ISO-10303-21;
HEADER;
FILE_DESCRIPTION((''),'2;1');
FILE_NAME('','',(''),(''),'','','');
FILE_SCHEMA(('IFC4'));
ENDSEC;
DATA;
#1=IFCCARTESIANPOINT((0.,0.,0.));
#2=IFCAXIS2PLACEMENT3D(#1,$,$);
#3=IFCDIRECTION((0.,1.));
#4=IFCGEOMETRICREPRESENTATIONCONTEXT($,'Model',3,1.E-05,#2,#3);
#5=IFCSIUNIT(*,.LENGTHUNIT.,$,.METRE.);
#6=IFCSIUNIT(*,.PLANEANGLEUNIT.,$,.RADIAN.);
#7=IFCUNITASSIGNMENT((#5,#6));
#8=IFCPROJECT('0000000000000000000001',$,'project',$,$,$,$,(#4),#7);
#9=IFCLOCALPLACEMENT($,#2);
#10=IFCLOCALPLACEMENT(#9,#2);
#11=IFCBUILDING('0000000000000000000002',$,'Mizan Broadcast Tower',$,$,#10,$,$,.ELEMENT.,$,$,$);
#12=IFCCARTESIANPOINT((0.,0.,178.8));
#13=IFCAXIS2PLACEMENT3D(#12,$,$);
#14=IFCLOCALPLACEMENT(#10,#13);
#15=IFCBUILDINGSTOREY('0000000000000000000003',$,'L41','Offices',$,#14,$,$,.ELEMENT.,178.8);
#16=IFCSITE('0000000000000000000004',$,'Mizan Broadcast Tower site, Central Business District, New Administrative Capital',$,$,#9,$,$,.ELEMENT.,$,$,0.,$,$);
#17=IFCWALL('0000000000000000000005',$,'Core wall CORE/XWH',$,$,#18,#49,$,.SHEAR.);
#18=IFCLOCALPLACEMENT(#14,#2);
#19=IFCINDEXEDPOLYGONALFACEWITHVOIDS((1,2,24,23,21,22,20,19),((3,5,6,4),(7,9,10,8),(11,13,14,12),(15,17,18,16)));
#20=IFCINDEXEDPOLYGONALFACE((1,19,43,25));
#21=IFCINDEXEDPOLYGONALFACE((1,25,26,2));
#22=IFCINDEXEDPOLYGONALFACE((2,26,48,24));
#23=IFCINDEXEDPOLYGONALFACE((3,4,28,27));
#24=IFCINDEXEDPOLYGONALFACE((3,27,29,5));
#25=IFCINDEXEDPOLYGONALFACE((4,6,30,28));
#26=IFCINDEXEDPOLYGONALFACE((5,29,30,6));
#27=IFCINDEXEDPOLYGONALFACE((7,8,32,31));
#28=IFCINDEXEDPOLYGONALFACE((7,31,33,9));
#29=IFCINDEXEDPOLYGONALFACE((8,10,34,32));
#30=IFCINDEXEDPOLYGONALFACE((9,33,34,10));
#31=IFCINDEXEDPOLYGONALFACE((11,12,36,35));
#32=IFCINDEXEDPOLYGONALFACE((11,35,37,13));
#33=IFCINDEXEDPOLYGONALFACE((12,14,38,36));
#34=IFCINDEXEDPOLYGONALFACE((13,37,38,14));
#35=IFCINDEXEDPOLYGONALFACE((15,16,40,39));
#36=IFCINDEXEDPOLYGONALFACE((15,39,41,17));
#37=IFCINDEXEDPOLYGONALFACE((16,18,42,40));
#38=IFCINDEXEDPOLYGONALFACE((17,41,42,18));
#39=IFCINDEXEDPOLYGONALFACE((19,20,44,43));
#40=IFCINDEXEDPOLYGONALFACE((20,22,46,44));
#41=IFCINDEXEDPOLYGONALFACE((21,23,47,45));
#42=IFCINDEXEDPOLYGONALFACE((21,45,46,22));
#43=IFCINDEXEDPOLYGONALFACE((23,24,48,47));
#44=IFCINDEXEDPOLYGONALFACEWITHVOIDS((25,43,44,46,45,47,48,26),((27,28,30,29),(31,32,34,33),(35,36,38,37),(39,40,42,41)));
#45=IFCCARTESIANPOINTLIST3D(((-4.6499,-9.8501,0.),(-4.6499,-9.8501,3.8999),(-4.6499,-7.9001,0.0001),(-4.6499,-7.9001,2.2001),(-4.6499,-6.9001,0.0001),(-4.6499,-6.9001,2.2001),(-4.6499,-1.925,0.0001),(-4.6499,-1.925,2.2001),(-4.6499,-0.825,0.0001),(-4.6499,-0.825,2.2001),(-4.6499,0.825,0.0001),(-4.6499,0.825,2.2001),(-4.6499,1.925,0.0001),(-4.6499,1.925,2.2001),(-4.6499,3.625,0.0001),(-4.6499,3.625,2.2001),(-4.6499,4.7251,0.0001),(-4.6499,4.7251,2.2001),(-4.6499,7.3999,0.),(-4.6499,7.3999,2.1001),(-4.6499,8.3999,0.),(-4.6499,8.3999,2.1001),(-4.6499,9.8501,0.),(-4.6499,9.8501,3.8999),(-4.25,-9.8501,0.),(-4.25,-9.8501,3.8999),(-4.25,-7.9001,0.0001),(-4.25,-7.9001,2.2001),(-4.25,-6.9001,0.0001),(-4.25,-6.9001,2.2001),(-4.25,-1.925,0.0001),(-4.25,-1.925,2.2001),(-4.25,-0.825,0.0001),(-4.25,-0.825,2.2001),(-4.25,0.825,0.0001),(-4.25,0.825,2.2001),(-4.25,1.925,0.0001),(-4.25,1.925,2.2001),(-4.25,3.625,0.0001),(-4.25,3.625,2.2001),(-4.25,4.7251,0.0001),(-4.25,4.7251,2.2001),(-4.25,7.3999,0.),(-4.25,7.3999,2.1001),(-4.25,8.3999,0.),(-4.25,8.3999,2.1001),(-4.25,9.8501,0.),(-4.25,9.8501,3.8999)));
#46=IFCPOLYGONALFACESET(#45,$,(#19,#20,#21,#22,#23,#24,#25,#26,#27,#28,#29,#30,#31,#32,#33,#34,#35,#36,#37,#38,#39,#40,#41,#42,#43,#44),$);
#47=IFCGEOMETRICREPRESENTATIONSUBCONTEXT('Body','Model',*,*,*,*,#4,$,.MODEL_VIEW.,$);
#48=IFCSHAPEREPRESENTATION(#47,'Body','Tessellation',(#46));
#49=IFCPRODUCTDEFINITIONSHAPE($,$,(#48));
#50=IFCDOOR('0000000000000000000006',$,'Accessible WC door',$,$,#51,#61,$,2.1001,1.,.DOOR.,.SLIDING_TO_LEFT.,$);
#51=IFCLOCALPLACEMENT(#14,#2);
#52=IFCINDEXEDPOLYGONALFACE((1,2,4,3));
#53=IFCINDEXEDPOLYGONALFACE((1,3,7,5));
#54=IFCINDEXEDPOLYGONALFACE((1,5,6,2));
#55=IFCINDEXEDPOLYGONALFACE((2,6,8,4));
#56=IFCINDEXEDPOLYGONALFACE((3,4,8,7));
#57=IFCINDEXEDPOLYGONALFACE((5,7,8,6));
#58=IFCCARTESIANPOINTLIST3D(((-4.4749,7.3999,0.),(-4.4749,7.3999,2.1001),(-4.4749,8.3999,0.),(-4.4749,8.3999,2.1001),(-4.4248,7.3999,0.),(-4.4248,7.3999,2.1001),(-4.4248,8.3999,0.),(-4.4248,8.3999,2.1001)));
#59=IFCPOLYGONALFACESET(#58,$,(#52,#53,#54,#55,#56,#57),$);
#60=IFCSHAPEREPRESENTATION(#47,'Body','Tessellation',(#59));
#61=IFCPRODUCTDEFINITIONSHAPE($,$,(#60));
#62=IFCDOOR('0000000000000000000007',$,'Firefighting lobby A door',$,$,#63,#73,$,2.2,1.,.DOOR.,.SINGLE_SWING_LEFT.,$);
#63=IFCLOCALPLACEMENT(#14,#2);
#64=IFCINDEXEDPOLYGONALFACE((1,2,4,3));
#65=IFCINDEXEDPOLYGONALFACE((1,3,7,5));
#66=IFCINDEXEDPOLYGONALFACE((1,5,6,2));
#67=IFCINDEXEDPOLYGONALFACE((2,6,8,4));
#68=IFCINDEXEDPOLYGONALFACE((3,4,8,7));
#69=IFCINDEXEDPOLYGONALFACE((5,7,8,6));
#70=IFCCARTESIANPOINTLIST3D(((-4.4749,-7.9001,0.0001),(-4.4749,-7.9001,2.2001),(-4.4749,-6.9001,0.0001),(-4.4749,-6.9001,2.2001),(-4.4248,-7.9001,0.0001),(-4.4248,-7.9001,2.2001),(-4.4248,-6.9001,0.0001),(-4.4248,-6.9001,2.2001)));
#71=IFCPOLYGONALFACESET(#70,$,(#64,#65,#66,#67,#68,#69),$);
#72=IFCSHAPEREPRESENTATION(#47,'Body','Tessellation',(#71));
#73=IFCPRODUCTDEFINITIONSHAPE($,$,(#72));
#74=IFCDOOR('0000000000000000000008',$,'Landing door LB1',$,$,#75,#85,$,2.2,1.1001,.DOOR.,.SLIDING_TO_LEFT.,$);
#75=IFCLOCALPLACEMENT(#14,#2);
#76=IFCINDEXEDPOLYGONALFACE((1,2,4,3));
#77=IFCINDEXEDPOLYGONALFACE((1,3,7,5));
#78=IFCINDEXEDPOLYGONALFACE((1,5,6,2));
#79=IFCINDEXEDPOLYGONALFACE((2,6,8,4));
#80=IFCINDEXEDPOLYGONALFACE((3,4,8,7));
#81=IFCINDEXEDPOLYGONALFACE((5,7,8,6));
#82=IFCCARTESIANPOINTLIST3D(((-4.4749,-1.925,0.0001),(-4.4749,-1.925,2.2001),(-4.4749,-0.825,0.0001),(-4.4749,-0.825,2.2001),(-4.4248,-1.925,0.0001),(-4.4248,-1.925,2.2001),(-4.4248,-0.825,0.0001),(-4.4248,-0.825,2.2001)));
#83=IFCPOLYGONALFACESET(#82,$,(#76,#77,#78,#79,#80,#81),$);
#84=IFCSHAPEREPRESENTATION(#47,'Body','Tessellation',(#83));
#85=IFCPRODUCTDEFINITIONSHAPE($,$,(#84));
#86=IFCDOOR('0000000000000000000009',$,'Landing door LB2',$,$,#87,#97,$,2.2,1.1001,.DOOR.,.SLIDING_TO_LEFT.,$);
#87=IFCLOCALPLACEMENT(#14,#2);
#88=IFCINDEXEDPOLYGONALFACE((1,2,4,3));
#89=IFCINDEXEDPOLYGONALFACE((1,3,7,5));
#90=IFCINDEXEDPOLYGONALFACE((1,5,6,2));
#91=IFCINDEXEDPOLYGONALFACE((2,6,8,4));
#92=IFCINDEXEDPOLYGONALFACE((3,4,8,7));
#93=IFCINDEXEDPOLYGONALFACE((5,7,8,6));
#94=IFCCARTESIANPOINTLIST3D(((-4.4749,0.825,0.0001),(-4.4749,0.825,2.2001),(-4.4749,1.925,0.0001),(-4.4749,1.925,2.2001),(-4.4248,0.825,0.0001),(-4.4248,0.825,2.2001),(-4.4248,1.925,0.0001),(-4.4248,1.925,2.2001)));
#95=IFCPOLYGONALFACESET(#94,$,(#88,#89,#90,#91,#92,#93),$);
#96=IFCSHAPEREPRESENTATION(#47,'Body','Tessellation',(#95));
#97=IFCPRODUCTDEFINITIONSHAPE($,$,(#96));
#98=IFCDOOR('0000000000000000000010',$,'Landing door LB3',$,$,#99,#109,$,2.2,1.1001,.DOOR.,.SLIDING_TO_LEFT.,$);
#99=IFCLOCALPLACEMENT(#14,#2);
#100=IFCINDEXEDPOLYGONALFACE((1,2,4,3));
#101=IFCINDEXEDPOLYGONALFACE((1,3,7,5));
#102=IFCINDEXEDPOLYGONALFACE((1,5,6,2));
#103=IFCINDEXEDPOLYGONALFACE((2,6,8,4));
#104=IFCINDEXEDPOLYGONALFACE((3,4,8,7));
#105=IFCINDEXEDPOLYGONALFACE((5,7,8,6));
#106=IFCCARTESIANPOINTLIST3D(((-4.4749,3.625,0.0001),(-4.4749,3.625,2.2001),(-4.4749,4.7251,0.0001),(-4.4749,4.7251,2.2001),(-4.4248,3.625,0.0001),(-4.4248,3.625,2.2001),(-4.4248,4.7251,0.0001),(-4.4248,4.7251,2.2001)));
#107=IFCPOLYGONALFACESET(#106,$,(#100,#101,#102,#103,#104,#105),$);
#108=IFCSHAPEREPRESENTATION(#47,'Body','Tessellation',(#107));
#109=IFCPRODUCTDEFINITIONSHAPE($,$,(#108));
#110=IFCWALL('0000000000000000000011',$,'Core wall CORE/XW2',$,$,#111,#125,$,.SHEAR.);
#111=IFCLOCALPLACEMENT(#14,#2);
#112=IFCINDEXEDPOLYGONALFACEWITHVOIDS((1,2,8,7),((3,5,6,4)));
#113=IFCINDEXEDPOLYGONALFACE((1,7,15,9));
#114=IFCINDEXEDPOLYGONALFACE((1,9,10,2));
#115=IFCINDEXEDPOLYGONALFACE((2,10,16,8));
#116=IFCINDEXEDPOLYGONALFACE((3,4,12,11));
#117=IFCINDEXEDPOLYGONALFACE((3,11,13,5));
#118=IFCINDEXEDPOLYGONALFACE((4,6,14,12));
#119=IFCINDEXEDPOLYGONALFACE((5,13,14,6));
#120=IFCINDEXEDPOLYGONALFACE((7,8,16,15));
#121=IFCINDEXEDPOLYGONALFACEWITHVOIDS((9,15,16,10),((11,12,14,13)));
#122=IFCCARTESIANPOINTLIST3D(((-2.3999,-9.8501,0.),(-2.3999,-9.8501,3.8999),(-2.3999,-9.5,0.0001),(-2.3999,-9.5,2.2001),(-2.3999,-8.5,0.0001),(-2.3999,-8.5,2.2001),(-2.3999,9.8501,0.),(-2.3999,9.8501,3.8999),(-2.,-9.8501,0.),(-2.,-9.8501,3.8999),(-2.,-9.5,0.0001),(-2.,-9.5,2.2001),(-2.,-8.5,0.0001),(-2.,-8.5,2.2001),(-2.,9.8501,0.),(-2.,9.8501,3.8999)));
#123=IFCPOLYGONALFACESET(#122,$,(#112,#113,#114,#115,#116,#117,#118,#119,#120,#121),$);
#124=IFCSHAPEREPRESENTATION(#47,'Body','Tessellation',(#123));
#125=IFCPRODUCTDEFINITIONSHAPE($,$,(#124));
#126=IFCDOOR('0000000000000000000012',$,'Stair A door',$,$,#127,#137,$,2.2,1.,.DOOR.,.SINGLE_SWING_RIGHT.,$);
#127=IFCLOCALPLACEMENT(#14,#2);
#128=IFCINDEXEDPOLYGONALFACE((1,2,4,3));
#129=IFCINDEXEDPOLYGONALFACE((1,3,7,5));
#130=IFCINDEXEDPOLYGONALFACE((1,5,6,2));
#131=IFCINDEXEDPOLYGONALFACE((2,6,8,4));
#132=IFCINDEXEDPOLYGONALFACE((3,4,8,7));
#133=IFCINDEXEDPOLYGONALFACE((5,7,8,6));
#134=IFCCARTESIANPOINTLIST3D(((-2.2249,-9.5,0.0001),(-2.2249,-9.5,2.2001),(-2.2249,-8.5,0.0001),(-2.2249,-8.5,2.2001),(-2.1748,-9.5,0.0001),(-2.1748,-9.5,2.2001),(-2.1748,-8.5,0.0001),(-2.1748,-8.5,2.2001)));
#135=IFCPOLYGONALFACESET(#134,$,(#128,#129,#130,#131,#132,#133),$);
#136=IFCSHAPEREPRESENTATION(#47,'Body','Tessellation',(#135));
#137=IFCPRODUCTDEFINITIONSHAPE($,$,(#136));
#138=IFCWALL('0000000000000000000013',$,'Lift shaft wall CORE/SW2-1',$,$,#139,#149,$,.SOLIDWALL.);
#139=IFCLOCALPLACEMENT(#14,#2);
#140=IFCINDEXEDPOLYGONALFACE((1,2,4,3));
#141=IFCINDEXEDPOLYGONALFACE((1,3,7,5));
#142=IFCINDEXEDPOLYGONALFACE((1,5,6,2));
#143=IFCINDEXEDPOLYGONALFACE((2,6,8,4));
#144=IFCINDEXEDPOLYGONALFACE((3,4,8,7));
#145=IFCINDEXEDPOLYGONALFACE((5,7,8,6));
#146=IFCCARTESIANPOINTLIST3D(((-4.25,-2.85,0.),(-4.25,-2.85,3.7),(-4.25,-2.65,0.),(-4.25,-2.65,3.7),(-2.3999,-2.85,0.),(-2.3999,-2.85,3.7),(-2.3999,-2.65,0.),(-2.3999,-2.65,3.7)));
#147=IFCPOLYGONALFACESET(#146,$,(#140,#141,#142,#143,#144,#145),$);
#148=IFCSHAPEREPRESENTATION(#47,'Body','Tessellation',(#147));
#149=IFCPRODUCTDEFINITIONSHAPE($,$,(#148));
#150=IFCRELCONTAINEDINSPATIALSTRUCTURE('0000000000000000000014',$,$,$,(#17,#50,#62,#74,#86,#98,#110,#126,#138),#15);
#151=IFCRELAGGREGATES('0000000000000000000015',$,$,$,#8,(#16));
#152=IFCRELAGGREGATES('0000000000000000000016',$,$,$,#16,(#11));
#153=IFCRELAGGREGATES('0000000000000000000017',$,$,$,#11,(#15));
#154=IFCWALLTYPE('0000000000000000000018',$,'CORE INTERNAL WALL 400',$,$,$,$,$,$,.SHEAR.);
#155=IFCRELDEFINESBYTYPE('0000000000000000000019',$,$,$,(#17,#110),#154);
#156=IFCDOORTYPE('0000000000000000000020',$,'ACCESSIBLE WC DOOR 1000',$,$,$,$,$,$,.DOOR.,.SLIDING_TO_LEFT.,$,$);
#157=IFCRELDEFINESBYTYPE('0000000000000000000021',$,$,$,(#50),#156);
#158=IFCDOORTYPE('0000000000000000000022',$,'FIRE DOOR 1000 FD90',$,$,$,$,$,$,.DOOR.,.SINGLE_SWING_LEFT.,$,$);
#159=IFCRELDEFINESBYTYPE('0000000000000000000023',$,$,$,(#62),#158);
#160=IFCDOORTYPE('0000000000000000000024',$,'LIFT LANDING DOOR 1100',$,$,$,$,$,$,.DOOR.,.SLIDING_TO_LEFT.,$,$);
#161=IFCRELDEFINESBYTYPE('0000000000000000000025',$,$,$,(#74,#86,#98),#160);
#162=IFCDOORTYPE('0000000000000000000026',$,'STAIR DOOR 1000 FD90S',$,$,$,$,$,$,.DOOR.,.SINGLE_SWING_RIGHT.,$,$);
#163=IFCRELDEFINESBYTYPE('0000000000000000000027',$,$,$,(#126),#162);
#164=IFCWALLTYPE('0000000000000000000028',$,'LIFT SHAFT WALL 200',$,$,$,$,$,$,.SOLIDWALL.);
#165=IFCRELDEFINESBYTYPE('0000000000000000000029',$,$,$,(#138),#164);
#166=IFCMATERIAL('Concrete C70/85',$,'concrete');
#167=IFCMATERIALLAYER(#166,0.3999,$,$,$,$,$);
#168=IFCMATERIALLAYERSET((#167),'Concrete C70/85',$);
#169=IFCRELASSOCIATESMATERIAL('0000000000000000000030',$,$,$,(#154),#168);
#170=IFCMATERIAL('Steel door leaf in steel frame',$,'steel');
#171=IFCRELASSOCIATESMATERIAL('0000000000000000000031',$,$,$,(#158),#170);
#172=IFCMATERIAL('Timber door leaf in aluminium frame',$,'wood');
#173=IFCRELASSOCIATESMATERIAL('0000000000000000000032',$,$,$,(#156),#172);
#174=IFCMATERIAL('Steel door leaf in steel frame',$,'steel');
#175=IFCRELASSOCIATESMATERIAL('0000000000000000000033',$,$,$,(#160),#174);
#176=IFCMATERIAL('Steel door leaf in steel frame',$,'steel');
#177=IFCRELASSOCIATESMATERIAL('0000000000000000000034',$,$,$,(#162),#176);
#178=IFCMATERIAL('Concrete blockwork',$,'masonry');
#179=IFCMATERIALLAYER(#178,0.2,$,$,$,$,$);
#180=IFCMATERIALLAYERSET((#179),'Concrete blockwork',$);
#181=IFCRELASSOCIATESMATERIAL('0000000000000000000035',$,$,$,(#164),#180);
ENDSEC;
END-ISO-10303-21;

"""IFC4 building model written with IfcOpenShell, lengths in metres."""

from ifc_helpers import new_model, si_unit, direction, frame, frame_2d, origin, place, context, subcontext, project, spatial, rectangle, extrude, material, layer, layer_set, type_object, element, fill, save


model = new_model("IFC4")

# Units and contexts
model_context = context("Model", 3, precision=1e-05, world=origin(), true_north=direction((0.0, 1.0)))
body_context = subcontext(model_context, "Body", "Model", "MODEL_VIEW")
ifc_project = project(units=[si_unit("LENGTHUNIT", "METRE"), si_unit("PLANEANGLEUNIT", "RADIAN")], contexts=[model_context])

# Site, building, storey
site_placement = place(None, origin())
site = spatial("IfcSite", under=ifc_project, at=site_placement, Name="Mizan Broadcast Tower site, Central Business District, New Administrative Capital", CompositionType="ELEMENT", RefElevation=0.0)
building_placement = place(site_placement, origin())
building = spatial("IfcBuilding", under=site, at=building_placement, Name="Mizan Broadcast Tower", CompositionType="ELEMENT")
storey_placement = place(building_placement, frame((0.0, 0.0, 178.8)))
storey = spatial("IfcBuildingStorey", under=building, at=storey_placement, Name="L41", Description="Offices", CompositionType="ELEMENT", Elevation=178.8)

# Wall, openings, doors
ifc_material_1 = material(Name="Concrete C70/85", Category="concrete")
ifc_layer_1 = layer(ifc_material_1, 0.3999)
ifc_layer_set_1 = layer_set([ifc_layer_1], Name="Concrete C70/85")
wall_type_1 = type_object("IfcWallType", Name="CORE INTERNAL WALL 400", PredefinedType="SHEAR", material=ifc_layer_set_1)
ifc_material_2 = material(Name="Steel door leaf in steel frame", Category="steel")
door_type_1 = type_object("IfcDoorType", Name="FIRE DOOR 1000 FD90", OperationType="SINGLE_SWING_LEFT", PredefinedType="DOOR", material=ifc_material_2)
wall_1_placement = place(storey_placement, frame((-4.45, -9.8501, 0.0), z_axis=(0.0, 0.0, 1.0), x_axis=(0.0, 1.0, 0.0)))
wall_1 = element("IfcWall", 1, at=wall_1_placement, inside=storey, type_object=wall_type_1, Name="Core wall CORE/XWH", PredefinedType="SHEAR", context=body_context, shape_type="SweptSolid", body=[
    extrude(rectangle(XDim=19.7002, YDim=0.3999, at=frame_2d((9.8501, 0.0))), origin(), (0.0, 0.0, 1.0), 3.8999),
])
opening_1_placement = place(wall_1_placement, frame((1.95, 0.0, 0.0)))
opening_1 = element("IfcOpeningElement", 2, at=opening_1_placement, cuts=wall_1, PredefinedType="OPENING", context=body_context, shape_type="SweptSolid", body=[
    extrude(rectangle(XDim=1.0, YDim=2.2, at=frame_2d((0.5, 1.1001))), frame((0.0, 0.21, 0.0), z_axis=(0.0, -1.0, 0.0), x_axis=(1.0, 0.0, 0.0)), (0.0, 0.0, 1.0), 0.4199),
])
opening_2_placement = place(wall_1_placement, frame((17.25, 0.0, 0.0)))
opening_2 = element("IfcOpeningElement", 3, at=opening_2_placement, cuts=wall_1, PredefinedType="OPENING", context=body_context, shape_type="SweptSolid", body=[
    extrude(rectangle(XDim=1.0, YDim=2.1001, at=frame_2d((0.5, 1.05))), frame((0.0, 0.21, 0.0), z_axis=(0.0, -1.0, 0.0), x_axis=(1.0, 0.0, 0.0)), (0.0, 0.0, 1.0), 0.4199),
])
opening_3_placement = place(wall_1_placement, frame((7.925, 0.0, 0.0)))
opening_3 = element("IfcOpeningElement", 4, at=opening_3_placement, cuts=wall_1, PredefinedType="OPENING", context=body_context, shape_type="SweptSolid", body=[
    extrude(rectangle(XDim=1.1001, YDim=2.2, at=frame_2d((0.55, 1.1001))), frame((0.0, 0.21, 0.0), z_axis=(0.0, -1.0, 0.0), x_axis=(1.0, 0.0, 0.0)), (0.0, 0.0, 1.0), 0.4199),
])
opening_4_placement = place(wall_1_placement, frame((10.675, 0.0, 0.0)))
opening_4 = element("IfcOpeningElement", 5, at=opening_4_placement, cuts=wall_1, PredefinedType="OPENING", context=body_context, shape_type="SweptSolid", body=[
    extrude(rectangle(XDim=1.1001, YDim=2.2, at=frame_2d((0.55, 1.1001))), frame((0.0, 0.21, 0.0), z_axis=(0.0, -1.0, 0.0), x_axis=(1.0, 0.0, 0.0)), (0.0, 0.0, 1.0), 0.4199),
])
opening_5_placement = place(wall_1_placement, frame((13.4751, 0.0, 0.0)))
opening_5 = element("IfcOpeningElement", 6, at=opening_5_placement, cuts=wall_1, PredefinedType="OPENING", context=body_context, shape_type="SweptSolid", body=[
    extrude(rectangle(XDim=1.1001, YDim=2.2, at=frame_2d((0.55, 1.1001))), frame((0.0, 0.21, 0.0), z_axis=(0.0, -1.0, 0.0), x_axis=(1.0, 0.0, 0.0)), (0.0, 0.0, 1.0), 0.4199),
])
ifc_material_3 = material(Name="Timber door leaf in aluminium frame", Category="wood")
door_type_2 = type_object("IfcDoorType", Name="ACCESSIBLE WC DOOR 1000", OperationType="SLIDING_TO_LEFT", PredefinedType="DOOR", material=ifc_material_3)
door_1_placement = place(opening_2_placement, origin())
door_1 = element("IfcDoor", 7, at=door_1_placement, inside=storey, type_object=door_type_2, Name="Accessible WC door", OperationType="SLIDING_TO_LEFT", OverallHeight=2.1001, OverallWidth=1.0, PredefinedType="DOOR", context=body_context, shape_type="SweptSolid", body=[
    extrude(rectangle(XDim=1.0, YDim=2.1001, at=frame_2d((0.5, 1.05))), frame((0.0, 0.0249, 0.0), z_axis=(0.0, -1.0, 0.0), x_axis=(1.0, 0.0, 0.0)), (0.0, 0.0, 1.0), 0.05),
])
fill(opening_2, door_1)
door_2_placement = place(opening_1_placement, origin())
door_2 = element("IfcDoor", 8, at=door_2_placement, inside=storey, type_object=door_type_1, Name="Firefighting lobby A door", OperationType="SINGLE_SWING_LEFT", OverallHeight=2.2, OverallWidth=1.0, PredefinedType="DOOR", context=body_context, shape_type="SweptSolid", body=[
    extrude(rectangle(XDim=1.0, YDim=2.2, at=frame_2d((0.5, 1.1001))), frame((0.0, 0.0249, 0.0), z_axis=(0.0, -1.0, 0.0), x_axis=(1.0, 0.0, 0.0)), (0.0, 0.0, 1.0), 0.05),
])
fill(opening_1, door_2)
ifc_material_4 = material(Name="Steel door leaf in steel frame", Category="steel")
door_type_3 = type_object("IfcDoorType", Name="LIFT LANDING DOOR 1100", OperationType="SLIDING_TO_LEFT", PredefinedType="DOOR", material=ifc_material_4)
door_3_placement = place(opening_3_placement, origin())
door_3 = element("IfcDoor", 9, at=door_3_placement, inside=storey, type_object=door_type_3, Name="Landing door LB1", OperationType="SLIDING_TO_LEFT", OverallHeight=2.2, OverallWidth=1.1001, PredefinedType="DOOR", context=body_context, shape_type="SweptSolid", body=[
    extrude(rectangle(XDim=1.1001, YDim=2.2, at=frame_2d((0.55, 1.1001))), frame((0.0, 0.0249, 0.0), z_axis=(0.0, -1.0, 0.0), x_axis=(1.0, 0.0, 0.0)), (0.0, 0.0, 1.0), 0.05),
])
fill(opening_3, door_3)
door_4_placement = place(opening_4_placement, origin())
door_4 = element("IfcDoor", 10, at=door_4_placement, inside=storey, type_object=door_type_3, Name="Landing door LB2", OperationType="SLIDING_TO_LEFT", OverallHeight=2.2, OverallWidth=1.1001, PredefinedType="DOOR", context=body_context, shape_type="SweptSolid", body=[
    extrude(rectangle(XDim=1.1001, YDim=2.2, at=frame_2d((0.55, 1.1001))), frame((0.0, 0.0249, 0.0), z_axis=(0.0, -1.0, 0.0), x_axis=(1.0, 0.0, 0.0)), (0.0, 0.0, 1.0), 0.05),
])
fill(opening_4, door_4)
door_5_placement = place(opening_5_placement, origin())
door_5 = element("IfcDoor", 11, at=door_5_placement, inside=storey, type_object=door_type_3, Name="Landing door LB3", OperationType="SLIDING_TO_LEFT", OverallHeight=2.2, OverallWidth=1.1001, PredefinedType="DOOR", context=body_context, shape_type="SweptSolid", body=[
    extrude(rectangle(XDim=1.1001, YDim=2.2, at=frame_2d((0.55, 1.1001))), frame((0.0, 0.0249, 0.0), z_axis=(0.0, -1.0, 0.0), x_axis=(1.0, 0.0, 0.0)), (0.0, 0.0, 1.0), 0.05),
])
fill(opening_5, door_5)

# Wall, opening, door
wall_2_placement = place(storey_placement, frame((-2.2, -9.8501, 0.0), z_axis=(0.0, 0.0, 1.0), x_axis=(0.0, 1.0, 0.0)))
wall_2 = element("IfcWall", 12, at=wall_2_placement, inside=storey, type_object=wall_type_1, Name="Core wall CORE/XW2", PredefinedType="SHEAR", context=body_context, shape_type="SweptSolid", body=[
    extrude(rectangle(XDim=19.7002, YDim=0.3999, at=frame_2d((9.8501, 0.0))), origin(), (0.0, 0.0, 1.0), 3.8999),
])
opening_6_placement = place(wall_2_placement, frame((0.3501, 0.0, 0.0)))
opening_6 = element("IfcOpeningElement", 13, at=opening_6_placement, cuts=wall_2, PredefinedType="OPENING", context=body_context, shape_type="SweptSolid", body=[
    extrude(rectangle(XDim=1.0, YDim=2.2, at=frame_2d((0.5, 1.1001))), frame((0.0, 0.21, 0.0), z_axis=(0.0, -1.0, 0.0), x_axis=(1.0, 0.0, 0.0)), (0.0, 0.0, 1.0), 0.4199),
])
ifc_material_5 = material(Name="Steel door leaf in steel frame", Category="steel")
door_type_4 = type_object("IfcDoorType", Name="STAIR DOOR 1000 FD90S", OperationType="SINGLE_SWING_RIGHT", PredefinedType="DOOR", material=ifc_material_5)
door_6_placement = place(opening_6_placement, origin())
door_6 = element("IfcDoor", 14, at=door_6_placement, inside=storey, type_object=door_type_4, Name="Stair A door", OperationType="SINGLE_SWING_RIGHT", OverallHeight=2.2, OverallWidth=1.0, PredefinedType="DOOR", context=body_context, shape_type="SweptSolid", body=[
    extrude(rectangle(XDim=1.0, YDim=2.2, at=frame_2d((0.5, 1.1001))), frame((0.0, 0.0249, 0.0), z_axis=(0.0, -1.0, 0.0), x_axis=(1.0, 0.0, 0.0)), (0.0, 0.0, 1.0), 0.05),
])
fill(opening_6, door_6)

# Wall
ifc_material_6 = material(Name="Concrete blockwork", Category="masonry")
ifc_layer_2 = layer(ifc_material_6, 0.2)
ifc_layer_set_2 = layer_set([ifc_layer_2], Name="Concrete blockwork")
wall_type_2 = type_object("IfcWallType", Name="LIFT SHAFT WALL 200", PredefinedType="SOLIDWALL", material=ifc_layer_set_2)
wall_3_placement = place(storey_placement, frame((-4.25, -2.75, 0.0), z_axis=(0.0, 0.0, 1.0), x_axis=(1.0, 0.0, 0.0)))
element("IfcWall", 15, at=wall_3_placement, inside=storey, type_object=wall_type_2, Name="Lift shaft wall CORE/SW2-1", PredefinedType="SOLIDWALL", context=body_context, shape_type="SweptSolid", body=[
    extrude(rectangle(XDim=1.8501, YDim=0.2, at=frame_2d((0.925, 0.0))), origin(), (0.0, 0.0, 1.0), 3.7),
])

save(model, "model.ifc")
